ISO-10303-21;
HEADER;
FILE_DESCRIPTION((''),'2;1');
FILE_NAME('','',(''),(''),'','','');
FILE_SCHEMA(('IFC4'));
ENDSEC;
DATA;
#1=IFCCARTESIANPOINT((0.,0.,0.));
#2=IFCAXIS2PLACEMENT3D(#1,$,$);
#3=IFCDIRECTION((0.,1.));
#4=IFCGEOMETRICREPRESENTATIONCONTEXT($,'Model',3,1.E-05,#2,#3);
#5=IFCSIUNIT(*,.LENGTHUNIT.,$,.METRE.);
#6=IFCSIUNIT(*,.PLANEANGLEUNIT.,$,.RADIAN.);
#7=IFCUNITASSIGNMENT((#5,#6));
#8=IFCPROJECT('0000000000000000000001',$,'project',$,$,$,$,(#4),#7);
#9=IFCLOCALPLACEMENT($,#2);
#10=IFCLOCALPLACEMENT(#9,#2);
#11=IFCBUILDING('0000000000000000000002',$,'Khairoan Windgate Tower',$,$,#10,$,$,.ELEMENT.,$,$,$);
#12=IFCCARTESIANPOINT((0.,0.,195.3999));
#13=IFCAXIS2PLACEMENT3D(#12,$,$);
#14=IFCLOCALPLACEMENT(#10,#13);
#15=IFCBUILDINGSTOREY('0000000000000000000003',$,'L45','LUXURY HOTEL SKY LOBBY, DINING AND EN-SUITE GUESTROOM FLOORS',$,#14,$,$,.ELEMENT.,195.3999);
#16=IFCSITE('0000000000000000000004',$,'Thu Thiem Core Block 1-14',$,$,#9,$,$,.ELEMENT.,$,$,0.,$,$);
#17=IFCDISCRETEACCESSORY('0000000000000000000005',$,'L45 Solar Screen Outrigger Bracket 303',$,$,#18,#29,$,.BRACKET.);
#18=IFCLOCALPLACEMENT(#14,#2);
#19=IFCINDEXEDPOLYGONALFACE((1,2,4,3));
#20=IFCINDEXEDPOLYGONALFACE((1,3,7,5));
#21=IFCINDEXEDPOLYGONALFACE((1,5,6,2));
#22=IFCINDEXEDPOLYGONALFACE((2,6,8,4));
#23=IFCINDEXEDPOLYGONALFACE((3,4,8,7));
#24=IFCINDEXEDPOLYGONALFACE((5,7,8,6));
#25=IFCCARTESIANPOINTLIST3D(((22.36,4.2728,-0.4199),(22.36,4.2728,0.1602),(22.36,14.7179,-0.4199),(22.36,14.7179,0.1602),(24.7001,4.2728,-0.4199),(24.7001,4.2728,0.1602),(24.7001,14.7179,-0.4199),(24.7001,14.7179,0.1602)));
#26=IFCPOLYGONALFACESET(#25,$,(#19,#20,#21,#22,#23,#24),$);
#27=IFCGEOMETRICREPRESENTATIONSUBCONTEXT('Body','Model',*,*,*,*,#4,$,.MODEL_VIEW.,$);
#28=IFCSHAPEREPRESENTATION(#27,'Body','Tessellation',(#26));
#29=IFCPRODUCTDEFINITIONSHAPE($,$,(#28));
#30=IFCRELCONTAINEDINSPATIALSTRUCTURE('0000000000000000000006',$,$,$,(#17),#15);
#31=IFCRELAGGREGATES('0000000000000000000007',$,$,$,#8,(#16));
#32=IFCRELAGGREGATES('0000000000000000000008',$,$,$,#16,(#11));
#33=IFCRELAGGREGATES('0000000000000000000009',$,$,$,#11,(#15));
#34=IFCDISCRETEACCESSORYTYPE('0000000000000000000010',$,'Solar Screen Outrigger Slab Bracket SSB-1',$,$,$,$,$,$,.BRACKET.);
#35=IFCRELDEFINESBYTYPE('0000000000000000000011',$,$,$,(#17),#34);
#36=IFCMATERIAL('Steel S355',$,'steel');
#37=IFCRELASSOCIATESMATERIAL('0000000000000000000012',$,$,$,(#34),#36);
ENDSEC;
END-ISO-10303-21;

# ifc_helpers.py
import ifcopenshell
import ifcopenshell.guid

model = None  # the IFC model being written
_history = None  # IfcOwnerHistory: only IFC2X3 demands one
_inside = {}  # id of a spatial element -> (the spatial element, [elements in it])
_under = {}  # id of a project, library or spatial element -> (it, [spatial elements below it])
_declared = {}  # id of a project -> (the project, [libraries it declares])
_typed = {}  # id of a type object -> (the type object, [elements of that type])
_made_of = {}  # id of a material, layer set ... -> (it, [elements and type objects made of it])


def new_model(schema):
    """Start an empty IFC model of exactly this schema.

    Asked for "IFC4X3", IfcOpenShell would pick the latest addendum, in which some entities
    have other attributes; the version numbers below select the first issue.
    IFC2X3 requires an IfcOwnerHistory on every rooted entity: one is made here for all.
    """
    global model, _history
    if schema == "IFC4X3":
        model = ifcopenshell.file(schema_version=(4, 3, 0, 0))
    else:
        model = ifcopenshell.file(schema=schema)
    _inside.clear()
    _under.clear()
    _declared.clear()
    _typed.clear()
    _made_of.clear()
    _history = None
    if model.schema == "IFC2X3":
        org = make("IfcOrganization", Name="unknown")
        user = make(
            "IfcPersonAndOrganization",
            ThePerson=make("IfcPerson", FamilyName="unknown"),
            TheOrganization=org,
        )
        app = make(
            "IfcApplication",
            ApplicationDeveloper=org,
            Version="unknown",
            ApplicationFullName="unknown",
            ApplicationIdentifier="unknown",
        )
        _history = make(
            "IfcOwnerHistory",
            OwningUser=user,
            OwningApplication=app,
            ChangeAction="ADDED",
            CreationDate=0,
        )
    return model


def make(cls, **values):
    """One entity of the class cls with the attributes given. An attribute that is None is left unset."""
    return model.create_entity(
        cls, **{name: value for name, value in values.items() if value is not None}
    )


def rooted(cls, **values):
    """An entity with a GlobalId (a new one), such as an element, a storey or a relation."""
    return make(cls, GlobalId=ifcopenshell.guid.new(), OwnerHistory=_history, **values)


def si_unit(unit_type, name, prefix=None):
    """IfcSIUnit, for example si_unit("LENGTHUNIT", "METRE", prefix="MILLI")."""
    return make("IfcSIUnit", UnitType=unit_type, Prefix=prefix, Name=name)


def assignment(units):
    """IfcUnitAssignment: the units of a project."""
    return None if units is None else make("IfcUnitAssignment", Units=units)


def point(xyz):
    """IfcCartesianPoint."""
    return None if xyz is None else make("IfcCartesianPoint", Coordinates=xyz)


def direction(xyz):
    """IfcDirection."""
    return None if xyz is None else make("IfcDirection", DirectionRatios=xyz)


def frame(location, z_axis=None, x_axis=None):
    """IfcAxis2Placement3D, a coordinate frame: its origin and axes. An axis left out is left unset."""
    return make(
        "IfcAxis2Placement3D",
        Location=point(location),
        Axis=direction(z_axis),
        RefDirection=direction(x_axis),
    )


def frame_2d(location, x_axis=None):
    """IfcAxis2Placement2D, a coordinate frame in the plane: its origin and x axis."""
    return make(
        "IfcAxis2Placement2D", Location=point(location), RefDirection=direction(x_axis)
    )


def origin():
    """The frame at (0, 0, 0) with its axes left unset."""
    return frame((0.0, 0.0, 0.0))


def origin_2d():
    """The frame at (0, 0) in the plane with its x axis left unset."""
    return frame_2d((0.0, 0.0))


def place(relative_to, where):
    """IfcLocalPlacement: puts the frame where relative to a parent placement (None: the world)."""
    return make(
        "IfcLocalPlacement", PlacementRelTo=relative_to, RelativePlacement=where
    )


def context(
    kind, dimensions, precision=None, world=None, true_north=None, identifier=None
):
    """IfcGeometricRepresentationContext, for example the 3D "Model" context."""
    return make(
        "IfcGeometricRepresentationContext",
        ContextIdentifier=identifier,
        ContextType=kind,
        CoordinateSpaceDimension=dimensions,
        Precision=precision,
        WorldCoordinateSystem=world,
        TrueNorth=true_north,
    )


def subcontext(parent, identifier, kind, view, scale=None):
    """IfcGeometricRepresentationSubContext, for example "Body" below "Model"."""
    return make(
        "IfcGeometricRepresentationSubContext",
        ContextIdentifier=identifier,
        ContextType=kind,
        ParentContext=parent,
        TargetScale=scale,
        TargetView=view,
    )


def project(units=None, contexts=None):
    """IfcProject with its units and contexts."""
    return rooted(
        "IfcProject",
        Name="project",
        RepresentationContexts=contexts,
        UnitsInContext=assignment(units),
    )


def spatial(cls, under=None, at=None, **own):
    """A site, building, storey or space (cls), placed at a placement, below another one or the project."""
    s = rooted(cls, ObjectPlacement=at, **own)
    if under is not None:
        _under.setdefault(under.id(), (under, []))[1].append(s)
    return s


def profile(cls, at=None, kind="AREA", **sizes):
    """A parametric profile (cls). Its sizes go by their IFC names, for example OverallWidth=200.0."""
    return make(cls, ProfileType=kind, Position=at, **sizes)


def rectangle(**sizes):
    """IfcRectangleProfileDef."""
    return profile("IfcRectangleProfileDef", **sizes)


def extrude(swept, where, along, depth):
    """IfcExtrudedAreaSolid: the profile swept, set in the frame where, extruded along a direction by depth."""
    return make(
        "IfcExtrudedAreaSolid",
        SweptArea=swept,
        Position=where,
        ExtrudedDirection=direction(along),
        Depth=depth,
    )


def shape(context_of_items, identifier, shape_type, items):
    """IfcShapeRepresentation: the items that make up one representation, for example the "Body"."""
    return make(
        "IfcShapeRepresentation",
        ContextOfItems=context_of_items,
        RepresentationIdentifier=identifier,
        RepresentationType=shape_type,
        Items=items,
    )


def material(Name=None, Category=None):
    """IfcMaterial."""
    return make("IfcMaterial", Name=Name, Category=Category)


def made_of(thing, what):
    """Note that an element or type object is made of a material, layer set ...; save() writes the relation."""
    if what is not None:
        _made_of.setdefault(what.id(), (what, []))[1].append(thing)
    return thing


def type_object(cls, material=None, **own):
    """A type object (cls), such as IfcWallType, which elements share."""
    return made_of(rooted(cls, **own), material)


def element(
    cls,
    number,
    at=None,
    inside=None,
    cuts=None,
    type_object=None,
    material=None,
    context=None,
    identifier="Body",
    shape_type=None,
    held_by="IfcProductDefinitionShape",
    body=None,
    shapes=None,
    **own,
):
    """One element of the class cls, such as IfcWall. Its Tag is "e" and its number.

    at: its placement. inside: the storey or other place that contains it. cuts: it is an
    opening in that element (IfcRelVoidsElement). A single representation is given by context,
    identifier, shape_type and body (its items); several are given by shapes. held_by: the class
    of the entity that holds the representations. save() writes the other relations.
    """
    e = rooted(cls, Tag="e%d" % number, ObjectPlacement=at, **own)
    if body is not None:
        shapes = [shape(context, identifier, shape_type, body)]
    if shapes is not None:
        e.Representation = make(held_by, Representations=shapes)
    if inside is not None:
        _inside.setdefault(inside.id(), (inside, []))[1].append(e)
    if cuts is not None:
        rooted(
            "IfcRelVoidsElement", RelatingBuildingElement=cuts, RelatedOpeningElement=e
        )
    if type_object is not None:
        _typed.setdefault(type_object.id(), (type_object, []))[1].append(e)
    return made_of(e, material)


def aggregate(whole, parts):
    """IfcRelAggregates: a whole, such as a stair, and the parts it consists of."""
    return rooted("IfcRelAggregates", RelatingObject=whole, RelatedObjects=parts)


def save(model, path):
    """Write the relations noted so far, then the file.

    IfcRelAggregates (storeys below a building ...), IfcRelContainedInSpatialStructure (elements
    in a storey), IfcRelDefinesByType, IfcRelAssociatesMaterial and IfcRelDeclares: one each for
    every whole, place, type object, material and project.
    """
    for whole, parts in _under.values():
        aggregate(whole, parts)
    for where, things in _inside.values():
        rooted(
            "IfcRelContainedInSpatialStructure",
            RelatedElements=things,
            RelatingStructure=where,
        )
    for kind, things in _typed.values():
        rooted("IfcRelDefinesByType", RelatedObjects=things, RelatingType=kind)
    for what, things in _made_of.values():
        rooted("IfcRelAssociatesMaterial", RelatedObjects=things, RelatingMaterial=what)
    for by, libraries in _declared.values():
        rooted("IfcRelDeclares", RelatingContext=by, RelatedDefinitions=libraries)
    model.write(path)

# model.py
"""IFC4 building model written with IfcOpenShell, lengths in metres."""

from ifc_helpers import new_model, si_unit, direction, frame, origin, origin_2d, place, context, subcontext, project, spatial, rectangle, extrude, material, type_object, element, save


model = new_model("IFC4")

# Units and contexts
model_context = context("Model", 3, precision=1e-05, world=origin(), true_north=direction((0.0, 1.0)))
body_context = subcontext(model_context, "Body", "Model", "MODEL_VIEW")
ifc_project = project(units=[si_unit("LENGTHUNIT", "METRE"), si_unit("PLANEANGLEUNIT", "RADIAN")], contexts=[model_context])

# Site, building, storey
site_placement = place(None, origin())
site = spatial("IfcSite", under=ifc_project, at=site_placement, Name="Thu Thiem Core Block 1-14", CompositionType="ELEMENT", RefElevation=0.0)
building_placement = place(site_placement, origin())
building = spatial("IfcBuilding", under=site, at=building_placement, Name="Khairoan Windgate Tower", CompositionType="ELEMENT")
storey_placement = place(building_placement, frame((0.0, 0.0, 195.3999)))
storey = spatial("IfcBuildingStorey", under=building, at=storey_placement, Name="L45", Description="LUXURY HOTEL SKY LOBBY, DINING AND EN-SUITE GUESTROOM FLOORS", CompositionType="ELEMENT", Elevation=195.3999)

# Discrete accessory
ifc_material_1 = material(Name="Steel S355", Category="steel")
discrete_accessory_type = type_object("IfcDiscreteAccessoryType", Name="Solar Screen Outrigger Slab Bracket SSB-1", PredefinedType="BRACKET", material=ifc_material_1)
discrete_accessory_placement = place(storey_placement, frame((23.53, 9.4954, -0.4199), z_axis=(0.0, 0.0, 1.0), x_axis=(0.0, -1.0, 0.0)))
element("IfcDiscreteAccessory", 1, at=discrete_accessory_placement, inside=storey, type_object=discrete_accessory_type, Name="L45 Solar Screen Outrigger Bracket 303", PredefinedType="BRACKET", context=body_context, shape_type="SweptSolid", body=[
    extrude(rectangle(XDim=10.4451, YDim=2.3401, at=origin_2d()), origin(), (0.0, 0.0, 1.0), 0.5801),
])

save(model, "model.ifc")
